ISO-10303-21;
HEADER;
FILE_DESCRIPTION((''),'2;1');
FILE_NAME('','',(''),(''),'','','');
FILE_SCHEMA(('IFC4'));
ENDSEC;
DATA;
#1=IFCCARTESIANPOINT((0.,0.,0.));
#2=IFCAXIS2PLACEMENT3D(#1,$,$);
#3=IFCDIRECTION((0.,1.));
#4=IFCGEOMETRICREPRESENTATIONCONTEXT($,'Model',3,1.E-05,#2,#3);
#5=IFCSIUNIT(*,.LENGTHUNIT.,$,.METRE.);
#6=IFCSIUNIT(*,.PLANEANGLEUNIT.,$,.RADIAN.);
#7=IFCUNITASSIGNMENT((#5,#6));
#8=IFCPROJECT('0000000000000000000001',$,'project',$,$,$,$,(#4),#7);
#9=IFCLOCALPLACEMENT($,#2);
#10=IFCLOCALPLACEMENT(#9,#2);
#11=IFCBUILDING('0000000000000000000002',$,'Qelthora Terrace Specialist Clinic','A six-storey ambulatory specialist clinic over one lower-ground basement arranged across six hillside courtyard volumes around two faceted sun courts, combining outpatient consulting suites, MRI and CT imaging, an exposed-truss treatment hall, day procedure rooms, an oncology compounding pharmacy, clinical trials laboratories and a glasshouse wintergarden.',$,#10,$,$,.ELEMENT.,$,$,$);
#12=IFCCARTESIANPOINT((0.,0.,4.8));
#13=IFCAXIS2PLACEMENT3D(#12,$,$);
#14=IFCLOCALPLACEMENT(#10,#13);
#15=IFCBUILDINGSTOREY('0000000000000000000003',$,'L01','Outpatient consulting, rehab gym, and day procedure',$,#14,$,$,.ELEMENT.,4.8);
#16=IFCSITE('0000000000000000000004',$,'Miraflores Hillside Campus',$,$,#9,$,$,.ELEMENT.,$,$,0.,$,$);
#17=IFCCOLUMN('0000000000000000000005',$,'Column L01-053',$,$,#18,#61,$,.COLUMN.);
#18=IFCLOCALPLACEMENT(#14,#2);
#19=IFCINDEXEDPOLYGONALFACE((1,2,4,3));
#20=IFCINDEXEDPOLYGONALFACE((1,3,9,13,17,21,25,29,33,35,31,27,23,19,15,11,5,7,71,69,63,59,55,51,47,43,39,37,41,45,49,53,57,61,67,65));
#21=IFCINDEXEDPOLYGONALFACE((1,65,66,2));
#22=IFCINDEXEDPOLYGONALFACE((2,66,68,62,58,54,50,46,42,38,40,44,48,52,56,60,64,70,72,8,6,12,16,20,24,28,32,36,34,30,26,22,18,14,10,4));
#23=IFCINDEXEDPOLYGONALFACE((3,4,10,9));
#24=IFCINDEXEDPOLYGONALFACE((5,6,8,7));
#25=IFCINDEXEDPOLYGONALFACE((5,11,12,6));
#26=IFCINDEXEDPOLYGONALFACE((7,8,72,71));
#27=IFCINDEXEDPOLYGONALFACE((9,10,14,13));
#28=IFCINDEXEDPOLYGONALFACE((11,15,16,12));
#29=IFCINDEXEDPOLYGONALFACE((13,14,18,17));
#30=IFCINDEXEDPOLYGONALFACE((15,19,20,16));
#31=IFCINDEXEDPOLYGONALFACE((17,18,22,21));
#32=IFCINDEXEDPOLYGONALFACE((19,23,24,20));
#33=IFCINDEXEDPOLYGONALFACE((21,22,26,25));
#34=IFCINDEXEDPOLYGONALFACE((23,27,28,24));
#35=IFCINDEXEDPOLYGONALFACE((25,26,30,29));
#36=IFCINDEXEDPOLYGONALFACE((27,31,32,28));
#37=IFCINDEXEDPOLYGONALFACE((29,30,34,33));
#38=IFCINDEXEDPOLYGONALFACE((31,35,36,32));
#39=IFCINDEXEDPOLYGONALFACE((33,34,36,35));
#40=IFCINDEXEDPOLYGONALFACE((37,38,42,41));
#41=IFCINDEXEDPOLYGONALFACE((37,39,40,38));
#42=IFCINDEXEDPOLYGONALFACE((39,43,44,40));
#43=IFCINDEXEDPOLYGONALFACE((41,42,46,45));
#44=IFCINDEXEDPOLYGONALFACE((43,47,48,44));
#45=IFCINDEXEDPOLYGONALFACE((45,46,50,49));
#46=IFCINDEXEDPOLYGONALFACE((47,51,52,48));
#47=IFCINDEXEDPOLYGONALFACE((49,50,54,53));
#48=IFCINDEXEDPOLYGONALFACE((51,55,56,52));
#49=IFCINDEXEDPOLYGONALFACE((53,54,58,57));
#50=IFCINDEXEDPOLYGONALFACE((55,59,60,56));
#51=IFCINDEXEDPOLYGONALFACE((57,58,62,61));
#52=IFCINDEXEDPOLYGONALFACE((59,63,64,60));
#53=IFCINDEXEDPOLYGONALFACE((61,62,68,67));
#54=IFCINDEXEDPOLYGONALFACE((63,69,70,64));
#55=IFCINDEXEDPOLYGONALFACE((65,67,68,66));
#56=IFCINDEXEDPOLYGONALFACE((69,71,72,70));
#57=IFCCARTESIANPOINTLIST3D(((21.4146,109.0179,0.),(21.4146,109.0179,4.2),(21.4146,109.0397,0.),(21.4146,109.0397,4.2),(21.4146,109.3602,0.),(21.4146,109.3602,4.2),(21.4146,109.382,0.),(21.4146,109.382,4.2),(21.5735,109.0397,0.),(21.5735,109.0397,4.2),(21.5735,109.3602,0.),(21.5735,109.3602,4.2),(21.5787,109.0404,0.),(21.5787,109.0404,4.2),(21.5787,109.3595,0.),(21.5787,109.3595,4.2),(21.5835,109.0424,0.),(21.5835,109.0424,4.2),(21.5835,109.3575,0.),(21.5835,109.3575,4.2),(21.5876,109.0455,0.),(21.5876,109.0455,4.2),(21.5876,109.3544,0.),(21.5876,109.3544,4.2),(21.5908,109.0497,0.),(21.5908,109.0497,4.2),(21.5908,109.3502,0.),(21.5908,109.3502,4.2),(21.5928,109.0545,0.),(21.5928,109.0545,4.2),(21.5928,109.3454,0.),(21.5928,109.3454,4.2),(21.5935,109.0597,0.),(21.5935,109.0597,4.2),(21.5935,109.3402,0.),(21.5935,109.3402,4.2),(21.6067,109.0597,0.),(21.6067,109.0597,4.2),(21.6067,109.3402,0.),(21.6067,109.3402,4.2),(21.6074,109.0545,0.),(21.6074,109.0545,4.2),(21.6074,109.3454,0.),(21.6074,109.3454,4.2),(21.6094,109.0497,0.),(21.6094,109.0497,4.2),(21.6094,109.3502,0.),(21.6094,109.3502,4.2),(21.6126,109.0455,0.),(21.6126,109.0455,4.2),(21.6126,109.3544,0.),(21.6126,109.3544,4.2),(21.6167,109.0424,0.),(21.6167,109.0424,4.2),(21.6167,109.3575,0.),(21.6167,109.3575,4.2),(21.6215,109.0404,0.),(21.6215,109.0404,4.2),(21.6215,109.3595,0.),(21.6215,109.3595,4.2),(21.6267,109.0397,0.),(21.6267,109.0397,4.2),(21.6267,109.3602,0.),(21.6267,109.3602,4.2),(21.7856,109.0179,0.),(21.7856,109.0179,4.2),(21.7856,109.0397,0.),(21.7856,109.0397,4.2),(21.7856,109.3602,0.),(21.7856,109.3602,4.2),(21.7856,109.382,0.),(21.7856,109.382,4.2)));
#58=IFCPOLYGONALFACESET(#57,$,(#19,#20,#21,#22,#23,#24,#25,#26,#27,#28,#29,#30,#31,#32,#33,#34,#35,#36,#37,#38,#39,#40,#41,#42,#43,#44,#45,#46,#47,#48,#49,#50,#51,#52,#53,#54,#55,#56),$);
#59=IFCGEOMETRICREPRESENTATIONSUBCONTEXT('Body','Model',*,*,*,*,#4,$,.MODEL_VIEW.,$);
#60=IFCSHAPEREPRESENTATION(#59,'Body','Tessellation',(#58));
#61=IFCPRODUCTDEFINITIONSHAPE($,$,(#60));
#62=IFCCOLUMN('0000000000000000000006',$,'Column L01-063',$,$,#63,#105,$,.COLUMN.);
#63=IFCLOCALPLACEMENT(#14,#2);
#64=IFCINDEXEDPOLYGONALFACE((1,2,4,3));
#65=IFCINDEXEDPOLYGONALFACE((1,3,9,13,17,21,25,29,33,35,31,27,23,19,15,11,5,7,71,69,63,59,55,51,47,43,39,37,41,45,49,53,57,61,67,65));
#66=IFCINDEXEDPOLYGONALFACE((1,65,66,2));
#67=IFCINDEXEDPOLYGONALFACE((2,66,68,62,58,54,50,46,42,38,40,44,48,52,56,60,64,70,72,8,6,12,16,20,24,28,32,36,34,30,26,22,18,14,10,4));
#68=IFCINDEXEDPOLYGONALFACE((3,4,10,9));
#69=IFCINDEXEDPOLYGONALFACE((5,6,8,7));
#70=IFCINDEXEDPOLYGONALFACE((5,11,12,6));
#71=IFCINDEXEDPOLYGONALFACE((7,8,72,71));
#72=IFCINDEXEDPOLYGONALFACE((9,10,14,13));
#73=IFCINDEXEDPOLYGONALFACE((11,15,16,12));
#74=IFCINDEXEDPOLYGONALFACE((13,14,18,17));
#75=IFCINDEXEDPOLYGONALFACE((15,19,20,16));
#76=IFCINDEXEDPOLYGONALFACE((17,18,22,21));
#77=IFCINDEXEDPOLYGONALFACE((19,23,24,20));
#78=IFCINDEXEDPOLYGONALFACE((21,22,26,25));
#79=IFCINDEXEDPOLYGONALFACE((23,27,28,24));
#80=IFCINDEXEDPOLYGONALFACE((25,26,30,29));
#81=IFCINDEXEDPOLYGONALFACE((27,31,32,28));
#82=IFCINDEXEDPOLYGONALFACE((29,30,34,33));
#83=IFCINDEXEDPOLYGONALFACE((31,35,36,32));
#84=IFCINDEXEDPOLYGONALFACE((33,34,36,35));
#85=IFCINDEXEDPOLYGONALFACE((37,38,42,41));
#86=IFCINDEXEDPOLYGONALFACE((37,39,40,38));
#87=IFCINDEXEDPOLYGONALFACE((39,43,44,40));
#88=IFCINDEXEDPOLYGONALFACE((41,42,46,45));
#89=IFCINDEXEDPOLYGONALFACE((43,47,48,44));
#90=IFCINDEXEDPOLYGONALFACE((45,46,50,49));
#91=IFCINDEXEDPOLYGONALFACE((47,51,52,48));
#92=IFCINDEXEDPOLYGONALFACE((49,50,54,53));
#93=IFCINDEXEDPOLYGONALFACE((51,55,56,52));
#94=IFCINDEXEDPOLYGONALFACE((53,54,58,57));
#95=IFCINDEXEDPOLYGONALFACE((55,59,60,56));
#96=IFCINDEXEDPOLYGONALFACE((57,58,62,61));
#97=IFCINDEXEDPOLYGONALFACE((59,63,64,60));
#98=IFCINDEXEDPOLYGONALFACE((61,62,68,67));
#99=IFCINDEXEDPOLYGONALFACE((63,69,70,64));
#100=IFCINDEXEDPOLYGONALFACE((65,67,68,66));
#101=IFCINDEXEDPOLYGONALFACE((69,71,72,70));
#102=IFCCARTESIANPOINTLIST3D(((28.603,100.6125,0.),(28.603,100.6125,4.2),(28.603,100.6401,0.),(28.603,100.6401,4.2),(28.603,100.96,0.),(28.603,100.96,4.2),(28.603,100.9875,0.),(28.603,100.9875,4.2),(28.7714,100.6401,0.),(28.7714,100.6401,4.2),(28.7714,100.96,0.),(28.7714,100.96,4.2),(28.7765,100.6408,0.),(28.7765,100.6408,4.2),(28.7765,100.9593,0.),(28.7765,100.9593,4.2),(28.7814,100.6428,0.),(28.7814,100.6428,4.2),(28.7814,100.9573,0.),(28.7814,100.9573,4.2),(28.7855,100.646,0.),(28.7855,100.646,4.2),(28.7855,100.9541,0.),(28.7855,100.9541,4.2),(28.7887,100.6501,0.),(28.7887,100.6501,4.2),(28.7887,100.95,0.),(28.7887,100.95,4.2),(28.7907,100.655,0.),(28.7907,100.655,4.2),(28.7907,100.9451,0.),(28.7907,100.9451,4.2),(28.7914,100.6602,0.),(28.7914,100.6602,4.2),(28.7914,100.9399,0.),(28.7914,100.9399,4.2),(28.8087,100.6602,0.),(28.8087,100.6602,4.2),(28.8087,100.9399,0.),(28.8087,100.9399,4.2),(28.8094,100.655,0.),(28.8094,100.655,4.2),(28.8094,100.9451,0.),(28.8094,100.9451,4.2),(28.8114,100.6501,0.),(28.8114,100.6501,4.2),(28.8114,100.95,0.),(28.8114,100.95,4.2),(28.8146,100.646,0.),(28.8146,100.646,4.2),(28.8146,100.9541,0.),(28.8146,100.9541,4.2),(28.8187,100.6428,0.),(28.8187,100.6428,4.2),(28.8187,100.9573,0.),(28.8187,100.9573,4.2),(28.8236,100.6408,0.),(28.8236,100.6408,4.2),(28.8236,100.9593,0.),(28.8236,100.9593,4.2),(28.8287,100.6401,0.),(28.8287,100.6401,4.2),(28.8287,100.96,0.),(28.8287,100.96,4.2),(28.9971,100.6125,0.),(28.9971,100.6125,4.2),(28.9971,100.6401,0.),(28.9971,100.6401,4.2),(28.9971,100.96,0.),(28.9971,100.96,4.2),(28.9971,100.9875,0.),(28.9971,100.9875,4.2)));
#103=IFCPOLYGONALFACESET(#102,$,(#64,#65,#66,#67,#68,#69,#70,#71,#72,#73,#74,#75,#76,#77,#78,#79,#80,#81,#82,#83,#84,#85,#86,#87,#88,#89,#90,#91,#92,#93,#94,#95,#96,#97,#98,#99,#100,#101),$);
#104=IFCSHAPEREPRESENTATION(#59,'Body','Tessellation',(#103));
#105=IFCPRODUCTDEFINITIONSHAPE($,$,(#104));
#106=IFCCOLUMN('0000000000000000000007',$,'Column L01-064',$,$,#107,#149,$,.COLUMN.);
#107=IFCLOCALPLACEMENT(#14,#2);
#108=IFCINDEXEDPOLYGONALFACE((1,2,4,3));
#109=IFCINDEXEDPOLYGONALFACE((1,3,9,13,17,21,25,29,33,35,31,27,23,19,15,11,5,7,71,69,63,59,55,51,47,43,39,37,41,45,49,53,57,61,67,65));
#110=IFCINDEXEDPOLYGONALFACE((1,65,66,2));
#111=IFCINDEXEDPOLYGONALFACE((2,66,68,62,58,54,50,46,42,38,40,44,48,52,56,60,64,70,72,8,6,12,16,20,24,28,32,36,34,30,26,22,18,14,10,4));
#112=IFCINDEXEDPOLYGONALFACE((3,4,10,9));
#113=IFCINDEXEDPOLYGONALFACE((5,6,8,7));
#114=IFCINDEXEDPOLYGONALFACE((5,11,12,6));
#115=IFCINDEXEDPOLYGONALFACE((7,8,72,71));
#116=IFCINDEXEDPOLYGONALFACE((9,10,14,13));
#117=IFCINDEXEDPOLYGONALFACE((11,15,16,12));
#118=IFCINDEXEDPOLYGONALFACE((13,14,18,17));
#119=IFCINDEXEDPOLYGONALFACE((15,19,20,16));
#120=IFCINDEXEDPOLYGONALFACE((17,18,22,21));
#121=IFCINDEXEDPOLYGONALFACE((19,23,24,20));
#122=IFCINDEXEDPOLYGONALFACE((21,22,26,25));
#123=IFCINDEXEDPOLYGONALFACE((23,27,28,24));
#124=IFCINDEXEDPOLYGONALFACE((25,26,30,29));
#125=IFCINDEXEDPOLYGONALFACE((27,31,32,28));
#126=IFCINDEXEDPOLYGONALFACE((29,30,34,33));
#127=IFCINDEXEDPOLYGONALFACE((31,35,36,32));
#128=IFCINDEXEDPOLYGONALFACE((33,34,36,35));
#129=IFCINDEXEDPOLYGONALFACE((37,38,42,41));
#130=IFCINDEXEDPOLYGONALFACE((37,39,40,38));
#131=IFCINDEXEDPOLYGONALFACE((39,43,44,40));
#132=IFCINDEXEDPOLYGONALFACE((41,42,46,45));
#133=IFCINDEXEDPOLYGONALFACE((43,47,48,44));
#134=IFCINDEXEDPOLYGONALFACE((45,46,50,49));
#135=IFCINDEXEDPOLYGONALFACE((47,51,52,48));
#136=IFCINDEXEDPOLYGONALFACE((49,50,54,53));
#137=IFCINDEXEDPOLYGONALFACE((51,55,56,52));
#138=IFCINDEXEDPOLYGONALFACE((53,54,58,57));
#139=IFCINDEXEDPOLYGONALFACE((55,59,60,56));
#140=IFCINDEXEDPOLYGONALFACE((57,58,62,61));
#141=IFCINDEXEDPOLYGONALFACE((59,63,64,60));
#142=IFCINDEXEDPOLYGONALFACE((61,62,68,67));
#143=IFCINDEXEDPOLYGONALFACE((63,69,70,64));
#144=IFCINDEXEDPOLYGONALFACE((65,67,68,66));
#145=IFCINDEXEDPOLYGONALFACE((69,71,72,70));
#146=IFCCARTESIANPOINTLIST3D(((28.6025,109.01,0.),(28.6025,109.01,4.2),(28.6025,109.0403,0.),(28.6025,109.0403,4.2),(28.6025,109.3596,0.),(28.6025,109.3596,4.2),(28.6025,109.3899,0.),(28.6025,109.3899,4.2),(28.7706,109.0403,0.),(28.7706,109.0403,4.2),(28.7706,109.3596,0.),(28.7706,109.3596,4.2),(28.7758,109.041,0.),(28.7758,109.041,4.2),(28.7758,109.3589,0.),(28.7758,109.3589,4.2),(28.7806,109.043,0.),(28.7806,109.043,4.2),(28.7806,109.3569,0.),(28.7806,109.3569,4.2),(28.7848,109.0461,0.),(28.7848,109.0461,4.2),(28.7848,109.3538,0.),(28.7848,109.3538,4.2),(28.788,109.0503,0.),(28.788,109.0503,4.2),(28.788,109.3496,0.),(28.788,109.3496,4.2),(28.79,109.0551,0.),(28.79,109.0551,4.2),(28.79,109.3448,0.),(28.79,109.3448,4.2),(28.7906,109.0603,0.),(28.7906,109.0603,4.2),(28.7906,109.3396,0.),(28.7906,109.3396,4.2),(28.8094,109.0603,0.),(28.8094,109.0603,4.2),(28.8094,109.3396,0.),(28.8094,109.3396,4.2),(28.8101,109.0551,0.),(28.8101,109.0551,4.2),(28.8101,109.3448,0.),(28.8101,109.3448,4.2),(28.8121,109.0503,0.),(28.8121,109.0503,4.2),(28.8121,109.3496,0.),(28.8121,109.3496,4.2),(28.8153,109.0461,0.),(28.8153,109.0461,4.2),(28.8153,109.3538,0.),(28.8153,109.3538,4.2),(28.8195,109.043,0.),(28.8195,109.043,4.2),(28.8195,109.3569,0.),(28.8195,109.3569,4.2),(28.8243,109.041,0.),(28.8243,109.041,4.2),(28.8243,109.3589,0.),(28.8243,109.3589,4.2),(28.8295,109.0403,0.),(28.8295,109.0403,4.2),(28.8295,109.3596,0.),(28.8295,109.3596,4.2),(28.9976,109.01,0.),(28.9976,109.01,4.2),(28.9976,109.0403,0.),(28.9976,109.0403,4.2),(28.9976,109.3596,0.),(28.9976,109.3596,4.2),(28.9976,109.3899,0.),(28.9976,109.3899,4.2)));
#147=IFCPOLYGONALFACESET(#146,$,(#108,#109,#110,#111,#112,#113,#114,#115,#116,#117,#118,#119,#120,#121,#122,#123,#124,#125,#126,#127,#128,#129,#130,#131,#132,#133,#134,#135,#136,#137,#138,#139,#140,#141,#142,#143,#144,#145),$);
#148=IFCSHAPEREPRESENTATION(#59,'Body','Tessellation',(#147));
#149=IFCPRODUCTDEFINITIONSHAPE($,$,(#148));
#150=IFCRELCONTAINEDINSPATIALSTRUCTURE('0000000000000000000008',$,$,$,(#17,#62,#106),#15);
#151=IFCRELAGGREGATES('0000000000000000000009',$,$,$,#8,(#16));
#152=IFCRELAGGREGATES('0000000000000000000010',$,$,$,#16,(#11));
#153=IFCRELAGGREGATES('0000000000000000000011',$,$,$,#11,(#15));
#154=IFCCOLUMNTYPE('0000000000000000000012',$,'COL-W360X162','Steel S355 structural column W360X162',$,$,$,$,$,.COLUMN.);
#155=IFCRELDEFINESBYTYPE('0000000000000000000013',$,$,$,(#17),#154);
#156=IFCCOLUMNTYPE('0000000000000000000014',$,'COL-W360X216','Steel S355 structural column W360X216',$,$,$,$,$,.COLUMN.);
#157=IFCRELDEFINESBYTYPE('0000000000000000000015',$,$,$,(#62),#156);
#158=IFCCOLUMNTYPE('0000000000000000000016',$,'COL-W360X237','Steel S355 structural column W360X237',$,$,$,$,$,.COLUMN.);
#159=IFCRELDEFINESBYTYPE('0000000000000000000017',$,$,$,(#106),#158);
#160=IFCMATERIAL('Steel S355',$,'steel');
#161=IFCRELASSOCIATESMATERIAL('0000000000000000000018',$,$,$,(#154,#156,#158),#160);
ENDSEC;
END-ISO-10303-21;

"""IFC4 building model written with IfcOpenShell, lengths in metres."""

from ifc_helpers import new_model, si_unit, direction, frame, origin, origin_2d, place, context, subcontext, project, spatial, i_section, extrude, material, material_profile, profile_set, type_object, element, save


model = new_model("IFC4")

# Units and contexts
model_context = context("Model", 3, precision=1e-05, world=origin(), true_north=direction((0.0, 1.0)))
body_context = subcontext(model_context, "Body", "Model", "MODEL_VIEW")
ifc_project = project(units=[si_unit("LENGTHUNIT", "METRE"), si_unit("PLANEANGLEUNIT", "RADIAN")], contexts=[model_context])

# Site, building, storey
site_placement = place(None, origin())
site = spatial("IfcSite", under=ifc_project, at=site_placement, Name="Miraflores Hillside Campus", CompositionType="ELEMENT", RefElevation=0.0)
building_placement = place(site_placement, origin())
building = spatial("IfcBuilding", under=site, at=building_placement, Name="Qelthora Terrace Specialist Clinic", Description="A six-storey ambulatory specialist clinic over one lower-ground basement arranged across six hillside courtyard volumes around two faceted sun courts, combining outpatient consulting suites, MRI and CT imaging, an exposed-truss treatment hall, day procedure rooms, an oncology compounding pharmacy, clinical trials laboratories and a glasshouse wintergarden.", CompositionType="ELEMENT")
storey_placement = place(building_placement, frame((0.0, 0.0, 4.8)))
storey = spatial("IfcBuildingStorey", under=building, at=storey_placement, Name="L01", Description="Outpatient consulting, rehab gym, and day procedure", CompositionType="ELEMENT", Elevation=4.8)

# Columns
ifc_material_1 = material(Name="Steel S355", Category="steel")
ifc_material_profile_1 = material_profile(ifc_material_1, i_section(OverallWidth=0.3711, OverallDepth=0.364, WebThickness=0.0132, FlangeThickness=0.0217, FilletRadius=0.02, at=origin_2d()), Name="W360X162")
ifc_profile_set_1 = profile_set([ifc_material_profile_1], Name="Steel S355")
column_type_1 = type_object("IfcColumnType", Name="COL-W360X162", Description="Steel S355 structural column W360X162", PredefinedType="COLUMN", material=ifc_profile_set_1)
column_1_placement = place(storey_placement, frame((21.6001, 109.2, 0.0), z_axis=(0.0, 0.0, 1.0), x_axis=(1.0, 0.0, 0.0)))
element("IfcColumn", 1, at=column_1_placement, inside=storey, type_object=column_type_1, Name="Column L01-053", PredefinedType="COLUMN", context=body_context, shape_type="SweptSolid", body=[
    extrude(i_section(OverallWidth=0.3711, OverallDepth=0.364, WebThickness=0.0132, FlangeThickness=0.0217, FilletRadius=0.02, at=origin_2d()), origin(), (0.0, 0.0, 1.0), 4.2),
])
ifc_material_profile_2 = material_profile(ifc_material_1, i_section(OverallWidth=0.394, OverallDepth=0.375, WebThickness=0.0173, FlangeThickness=0.0276, FilletRadius=0.02, at=origin_2d()), Name="W360X216")
ifc_profile_set_2 = profile_set([ifc_material_profile_2], Name="Steel S355")
column_type_2 = type_object("IfcColumnType", Name="COL-W360X216", Description="Steel S355 structural column W360X216", PredefinedType="COLUMN", material=ifc_profile_set_2)
column_2_placement = place(storey_placement, frame((28.8, 100.8, 0.0), z_axis=(0.0, 0.0, 1.0), x_axis=(1.0, 0.0, 0.0)))
element("IfcColumn", 2, at=column_2_placement, inside=storey, type_object=column_type_2, Name="Column L01-063", PredefinedType="COLUMN", context=body_context, shape_type="SweptSolid", body=[
    extrude(i_section(OverallWidth=0.394, OverallDepth=0.375, WebThickness=0.0173, FlangeThickness=0.0276, FilletRadius=0.02, at=origin_2d()), origin(), (0.0, 0.0, 1.0), 4.2),
])
ifc_material_profile_3 = material_profile(ifc_material_1, i_section(OverallWidth=0.395, OverallDepth=0.3799, WebThickness=0.0188, FlangeThickness=0.0303, FilletRadius=0.02, at=origin_2d()), Name="W360X237")
ifc_profile_set_3 = profile_set([ifc_material_profile_3], Name="Steel S355")
column_type_3 = type_object("IfcColumnType", Name="COL-W360X237", Description="Steel S355 structural column W360X237", PredefinedType="COLUMN", material=ifc_profile_set_3)
column_3_placement = place(storey_placement, frame((28.8, 109.2, 0.0), z_axis=(0.0, 0.0, 1.0), x_axis=(1.0, 0.0, 0.0)))
element("IfcColumn", 3, at=column_3_placement, inside=storey, type_object=column_type_3, Name="Column L01-064", PredefinedType="COLUMN", context=body_context, shape_type="SweptSolid", body=[
    extrude(i_section(OverallWidth=0.395, OverallDepth=0.3799, WebThickness=0.0188, FlangeThickness=0.0303, FilletRadius=0.02, at=origin_2d()), origin(), (0.0, 0.0, 1.0), 4.2),
])

save(model, "model.ifc")
